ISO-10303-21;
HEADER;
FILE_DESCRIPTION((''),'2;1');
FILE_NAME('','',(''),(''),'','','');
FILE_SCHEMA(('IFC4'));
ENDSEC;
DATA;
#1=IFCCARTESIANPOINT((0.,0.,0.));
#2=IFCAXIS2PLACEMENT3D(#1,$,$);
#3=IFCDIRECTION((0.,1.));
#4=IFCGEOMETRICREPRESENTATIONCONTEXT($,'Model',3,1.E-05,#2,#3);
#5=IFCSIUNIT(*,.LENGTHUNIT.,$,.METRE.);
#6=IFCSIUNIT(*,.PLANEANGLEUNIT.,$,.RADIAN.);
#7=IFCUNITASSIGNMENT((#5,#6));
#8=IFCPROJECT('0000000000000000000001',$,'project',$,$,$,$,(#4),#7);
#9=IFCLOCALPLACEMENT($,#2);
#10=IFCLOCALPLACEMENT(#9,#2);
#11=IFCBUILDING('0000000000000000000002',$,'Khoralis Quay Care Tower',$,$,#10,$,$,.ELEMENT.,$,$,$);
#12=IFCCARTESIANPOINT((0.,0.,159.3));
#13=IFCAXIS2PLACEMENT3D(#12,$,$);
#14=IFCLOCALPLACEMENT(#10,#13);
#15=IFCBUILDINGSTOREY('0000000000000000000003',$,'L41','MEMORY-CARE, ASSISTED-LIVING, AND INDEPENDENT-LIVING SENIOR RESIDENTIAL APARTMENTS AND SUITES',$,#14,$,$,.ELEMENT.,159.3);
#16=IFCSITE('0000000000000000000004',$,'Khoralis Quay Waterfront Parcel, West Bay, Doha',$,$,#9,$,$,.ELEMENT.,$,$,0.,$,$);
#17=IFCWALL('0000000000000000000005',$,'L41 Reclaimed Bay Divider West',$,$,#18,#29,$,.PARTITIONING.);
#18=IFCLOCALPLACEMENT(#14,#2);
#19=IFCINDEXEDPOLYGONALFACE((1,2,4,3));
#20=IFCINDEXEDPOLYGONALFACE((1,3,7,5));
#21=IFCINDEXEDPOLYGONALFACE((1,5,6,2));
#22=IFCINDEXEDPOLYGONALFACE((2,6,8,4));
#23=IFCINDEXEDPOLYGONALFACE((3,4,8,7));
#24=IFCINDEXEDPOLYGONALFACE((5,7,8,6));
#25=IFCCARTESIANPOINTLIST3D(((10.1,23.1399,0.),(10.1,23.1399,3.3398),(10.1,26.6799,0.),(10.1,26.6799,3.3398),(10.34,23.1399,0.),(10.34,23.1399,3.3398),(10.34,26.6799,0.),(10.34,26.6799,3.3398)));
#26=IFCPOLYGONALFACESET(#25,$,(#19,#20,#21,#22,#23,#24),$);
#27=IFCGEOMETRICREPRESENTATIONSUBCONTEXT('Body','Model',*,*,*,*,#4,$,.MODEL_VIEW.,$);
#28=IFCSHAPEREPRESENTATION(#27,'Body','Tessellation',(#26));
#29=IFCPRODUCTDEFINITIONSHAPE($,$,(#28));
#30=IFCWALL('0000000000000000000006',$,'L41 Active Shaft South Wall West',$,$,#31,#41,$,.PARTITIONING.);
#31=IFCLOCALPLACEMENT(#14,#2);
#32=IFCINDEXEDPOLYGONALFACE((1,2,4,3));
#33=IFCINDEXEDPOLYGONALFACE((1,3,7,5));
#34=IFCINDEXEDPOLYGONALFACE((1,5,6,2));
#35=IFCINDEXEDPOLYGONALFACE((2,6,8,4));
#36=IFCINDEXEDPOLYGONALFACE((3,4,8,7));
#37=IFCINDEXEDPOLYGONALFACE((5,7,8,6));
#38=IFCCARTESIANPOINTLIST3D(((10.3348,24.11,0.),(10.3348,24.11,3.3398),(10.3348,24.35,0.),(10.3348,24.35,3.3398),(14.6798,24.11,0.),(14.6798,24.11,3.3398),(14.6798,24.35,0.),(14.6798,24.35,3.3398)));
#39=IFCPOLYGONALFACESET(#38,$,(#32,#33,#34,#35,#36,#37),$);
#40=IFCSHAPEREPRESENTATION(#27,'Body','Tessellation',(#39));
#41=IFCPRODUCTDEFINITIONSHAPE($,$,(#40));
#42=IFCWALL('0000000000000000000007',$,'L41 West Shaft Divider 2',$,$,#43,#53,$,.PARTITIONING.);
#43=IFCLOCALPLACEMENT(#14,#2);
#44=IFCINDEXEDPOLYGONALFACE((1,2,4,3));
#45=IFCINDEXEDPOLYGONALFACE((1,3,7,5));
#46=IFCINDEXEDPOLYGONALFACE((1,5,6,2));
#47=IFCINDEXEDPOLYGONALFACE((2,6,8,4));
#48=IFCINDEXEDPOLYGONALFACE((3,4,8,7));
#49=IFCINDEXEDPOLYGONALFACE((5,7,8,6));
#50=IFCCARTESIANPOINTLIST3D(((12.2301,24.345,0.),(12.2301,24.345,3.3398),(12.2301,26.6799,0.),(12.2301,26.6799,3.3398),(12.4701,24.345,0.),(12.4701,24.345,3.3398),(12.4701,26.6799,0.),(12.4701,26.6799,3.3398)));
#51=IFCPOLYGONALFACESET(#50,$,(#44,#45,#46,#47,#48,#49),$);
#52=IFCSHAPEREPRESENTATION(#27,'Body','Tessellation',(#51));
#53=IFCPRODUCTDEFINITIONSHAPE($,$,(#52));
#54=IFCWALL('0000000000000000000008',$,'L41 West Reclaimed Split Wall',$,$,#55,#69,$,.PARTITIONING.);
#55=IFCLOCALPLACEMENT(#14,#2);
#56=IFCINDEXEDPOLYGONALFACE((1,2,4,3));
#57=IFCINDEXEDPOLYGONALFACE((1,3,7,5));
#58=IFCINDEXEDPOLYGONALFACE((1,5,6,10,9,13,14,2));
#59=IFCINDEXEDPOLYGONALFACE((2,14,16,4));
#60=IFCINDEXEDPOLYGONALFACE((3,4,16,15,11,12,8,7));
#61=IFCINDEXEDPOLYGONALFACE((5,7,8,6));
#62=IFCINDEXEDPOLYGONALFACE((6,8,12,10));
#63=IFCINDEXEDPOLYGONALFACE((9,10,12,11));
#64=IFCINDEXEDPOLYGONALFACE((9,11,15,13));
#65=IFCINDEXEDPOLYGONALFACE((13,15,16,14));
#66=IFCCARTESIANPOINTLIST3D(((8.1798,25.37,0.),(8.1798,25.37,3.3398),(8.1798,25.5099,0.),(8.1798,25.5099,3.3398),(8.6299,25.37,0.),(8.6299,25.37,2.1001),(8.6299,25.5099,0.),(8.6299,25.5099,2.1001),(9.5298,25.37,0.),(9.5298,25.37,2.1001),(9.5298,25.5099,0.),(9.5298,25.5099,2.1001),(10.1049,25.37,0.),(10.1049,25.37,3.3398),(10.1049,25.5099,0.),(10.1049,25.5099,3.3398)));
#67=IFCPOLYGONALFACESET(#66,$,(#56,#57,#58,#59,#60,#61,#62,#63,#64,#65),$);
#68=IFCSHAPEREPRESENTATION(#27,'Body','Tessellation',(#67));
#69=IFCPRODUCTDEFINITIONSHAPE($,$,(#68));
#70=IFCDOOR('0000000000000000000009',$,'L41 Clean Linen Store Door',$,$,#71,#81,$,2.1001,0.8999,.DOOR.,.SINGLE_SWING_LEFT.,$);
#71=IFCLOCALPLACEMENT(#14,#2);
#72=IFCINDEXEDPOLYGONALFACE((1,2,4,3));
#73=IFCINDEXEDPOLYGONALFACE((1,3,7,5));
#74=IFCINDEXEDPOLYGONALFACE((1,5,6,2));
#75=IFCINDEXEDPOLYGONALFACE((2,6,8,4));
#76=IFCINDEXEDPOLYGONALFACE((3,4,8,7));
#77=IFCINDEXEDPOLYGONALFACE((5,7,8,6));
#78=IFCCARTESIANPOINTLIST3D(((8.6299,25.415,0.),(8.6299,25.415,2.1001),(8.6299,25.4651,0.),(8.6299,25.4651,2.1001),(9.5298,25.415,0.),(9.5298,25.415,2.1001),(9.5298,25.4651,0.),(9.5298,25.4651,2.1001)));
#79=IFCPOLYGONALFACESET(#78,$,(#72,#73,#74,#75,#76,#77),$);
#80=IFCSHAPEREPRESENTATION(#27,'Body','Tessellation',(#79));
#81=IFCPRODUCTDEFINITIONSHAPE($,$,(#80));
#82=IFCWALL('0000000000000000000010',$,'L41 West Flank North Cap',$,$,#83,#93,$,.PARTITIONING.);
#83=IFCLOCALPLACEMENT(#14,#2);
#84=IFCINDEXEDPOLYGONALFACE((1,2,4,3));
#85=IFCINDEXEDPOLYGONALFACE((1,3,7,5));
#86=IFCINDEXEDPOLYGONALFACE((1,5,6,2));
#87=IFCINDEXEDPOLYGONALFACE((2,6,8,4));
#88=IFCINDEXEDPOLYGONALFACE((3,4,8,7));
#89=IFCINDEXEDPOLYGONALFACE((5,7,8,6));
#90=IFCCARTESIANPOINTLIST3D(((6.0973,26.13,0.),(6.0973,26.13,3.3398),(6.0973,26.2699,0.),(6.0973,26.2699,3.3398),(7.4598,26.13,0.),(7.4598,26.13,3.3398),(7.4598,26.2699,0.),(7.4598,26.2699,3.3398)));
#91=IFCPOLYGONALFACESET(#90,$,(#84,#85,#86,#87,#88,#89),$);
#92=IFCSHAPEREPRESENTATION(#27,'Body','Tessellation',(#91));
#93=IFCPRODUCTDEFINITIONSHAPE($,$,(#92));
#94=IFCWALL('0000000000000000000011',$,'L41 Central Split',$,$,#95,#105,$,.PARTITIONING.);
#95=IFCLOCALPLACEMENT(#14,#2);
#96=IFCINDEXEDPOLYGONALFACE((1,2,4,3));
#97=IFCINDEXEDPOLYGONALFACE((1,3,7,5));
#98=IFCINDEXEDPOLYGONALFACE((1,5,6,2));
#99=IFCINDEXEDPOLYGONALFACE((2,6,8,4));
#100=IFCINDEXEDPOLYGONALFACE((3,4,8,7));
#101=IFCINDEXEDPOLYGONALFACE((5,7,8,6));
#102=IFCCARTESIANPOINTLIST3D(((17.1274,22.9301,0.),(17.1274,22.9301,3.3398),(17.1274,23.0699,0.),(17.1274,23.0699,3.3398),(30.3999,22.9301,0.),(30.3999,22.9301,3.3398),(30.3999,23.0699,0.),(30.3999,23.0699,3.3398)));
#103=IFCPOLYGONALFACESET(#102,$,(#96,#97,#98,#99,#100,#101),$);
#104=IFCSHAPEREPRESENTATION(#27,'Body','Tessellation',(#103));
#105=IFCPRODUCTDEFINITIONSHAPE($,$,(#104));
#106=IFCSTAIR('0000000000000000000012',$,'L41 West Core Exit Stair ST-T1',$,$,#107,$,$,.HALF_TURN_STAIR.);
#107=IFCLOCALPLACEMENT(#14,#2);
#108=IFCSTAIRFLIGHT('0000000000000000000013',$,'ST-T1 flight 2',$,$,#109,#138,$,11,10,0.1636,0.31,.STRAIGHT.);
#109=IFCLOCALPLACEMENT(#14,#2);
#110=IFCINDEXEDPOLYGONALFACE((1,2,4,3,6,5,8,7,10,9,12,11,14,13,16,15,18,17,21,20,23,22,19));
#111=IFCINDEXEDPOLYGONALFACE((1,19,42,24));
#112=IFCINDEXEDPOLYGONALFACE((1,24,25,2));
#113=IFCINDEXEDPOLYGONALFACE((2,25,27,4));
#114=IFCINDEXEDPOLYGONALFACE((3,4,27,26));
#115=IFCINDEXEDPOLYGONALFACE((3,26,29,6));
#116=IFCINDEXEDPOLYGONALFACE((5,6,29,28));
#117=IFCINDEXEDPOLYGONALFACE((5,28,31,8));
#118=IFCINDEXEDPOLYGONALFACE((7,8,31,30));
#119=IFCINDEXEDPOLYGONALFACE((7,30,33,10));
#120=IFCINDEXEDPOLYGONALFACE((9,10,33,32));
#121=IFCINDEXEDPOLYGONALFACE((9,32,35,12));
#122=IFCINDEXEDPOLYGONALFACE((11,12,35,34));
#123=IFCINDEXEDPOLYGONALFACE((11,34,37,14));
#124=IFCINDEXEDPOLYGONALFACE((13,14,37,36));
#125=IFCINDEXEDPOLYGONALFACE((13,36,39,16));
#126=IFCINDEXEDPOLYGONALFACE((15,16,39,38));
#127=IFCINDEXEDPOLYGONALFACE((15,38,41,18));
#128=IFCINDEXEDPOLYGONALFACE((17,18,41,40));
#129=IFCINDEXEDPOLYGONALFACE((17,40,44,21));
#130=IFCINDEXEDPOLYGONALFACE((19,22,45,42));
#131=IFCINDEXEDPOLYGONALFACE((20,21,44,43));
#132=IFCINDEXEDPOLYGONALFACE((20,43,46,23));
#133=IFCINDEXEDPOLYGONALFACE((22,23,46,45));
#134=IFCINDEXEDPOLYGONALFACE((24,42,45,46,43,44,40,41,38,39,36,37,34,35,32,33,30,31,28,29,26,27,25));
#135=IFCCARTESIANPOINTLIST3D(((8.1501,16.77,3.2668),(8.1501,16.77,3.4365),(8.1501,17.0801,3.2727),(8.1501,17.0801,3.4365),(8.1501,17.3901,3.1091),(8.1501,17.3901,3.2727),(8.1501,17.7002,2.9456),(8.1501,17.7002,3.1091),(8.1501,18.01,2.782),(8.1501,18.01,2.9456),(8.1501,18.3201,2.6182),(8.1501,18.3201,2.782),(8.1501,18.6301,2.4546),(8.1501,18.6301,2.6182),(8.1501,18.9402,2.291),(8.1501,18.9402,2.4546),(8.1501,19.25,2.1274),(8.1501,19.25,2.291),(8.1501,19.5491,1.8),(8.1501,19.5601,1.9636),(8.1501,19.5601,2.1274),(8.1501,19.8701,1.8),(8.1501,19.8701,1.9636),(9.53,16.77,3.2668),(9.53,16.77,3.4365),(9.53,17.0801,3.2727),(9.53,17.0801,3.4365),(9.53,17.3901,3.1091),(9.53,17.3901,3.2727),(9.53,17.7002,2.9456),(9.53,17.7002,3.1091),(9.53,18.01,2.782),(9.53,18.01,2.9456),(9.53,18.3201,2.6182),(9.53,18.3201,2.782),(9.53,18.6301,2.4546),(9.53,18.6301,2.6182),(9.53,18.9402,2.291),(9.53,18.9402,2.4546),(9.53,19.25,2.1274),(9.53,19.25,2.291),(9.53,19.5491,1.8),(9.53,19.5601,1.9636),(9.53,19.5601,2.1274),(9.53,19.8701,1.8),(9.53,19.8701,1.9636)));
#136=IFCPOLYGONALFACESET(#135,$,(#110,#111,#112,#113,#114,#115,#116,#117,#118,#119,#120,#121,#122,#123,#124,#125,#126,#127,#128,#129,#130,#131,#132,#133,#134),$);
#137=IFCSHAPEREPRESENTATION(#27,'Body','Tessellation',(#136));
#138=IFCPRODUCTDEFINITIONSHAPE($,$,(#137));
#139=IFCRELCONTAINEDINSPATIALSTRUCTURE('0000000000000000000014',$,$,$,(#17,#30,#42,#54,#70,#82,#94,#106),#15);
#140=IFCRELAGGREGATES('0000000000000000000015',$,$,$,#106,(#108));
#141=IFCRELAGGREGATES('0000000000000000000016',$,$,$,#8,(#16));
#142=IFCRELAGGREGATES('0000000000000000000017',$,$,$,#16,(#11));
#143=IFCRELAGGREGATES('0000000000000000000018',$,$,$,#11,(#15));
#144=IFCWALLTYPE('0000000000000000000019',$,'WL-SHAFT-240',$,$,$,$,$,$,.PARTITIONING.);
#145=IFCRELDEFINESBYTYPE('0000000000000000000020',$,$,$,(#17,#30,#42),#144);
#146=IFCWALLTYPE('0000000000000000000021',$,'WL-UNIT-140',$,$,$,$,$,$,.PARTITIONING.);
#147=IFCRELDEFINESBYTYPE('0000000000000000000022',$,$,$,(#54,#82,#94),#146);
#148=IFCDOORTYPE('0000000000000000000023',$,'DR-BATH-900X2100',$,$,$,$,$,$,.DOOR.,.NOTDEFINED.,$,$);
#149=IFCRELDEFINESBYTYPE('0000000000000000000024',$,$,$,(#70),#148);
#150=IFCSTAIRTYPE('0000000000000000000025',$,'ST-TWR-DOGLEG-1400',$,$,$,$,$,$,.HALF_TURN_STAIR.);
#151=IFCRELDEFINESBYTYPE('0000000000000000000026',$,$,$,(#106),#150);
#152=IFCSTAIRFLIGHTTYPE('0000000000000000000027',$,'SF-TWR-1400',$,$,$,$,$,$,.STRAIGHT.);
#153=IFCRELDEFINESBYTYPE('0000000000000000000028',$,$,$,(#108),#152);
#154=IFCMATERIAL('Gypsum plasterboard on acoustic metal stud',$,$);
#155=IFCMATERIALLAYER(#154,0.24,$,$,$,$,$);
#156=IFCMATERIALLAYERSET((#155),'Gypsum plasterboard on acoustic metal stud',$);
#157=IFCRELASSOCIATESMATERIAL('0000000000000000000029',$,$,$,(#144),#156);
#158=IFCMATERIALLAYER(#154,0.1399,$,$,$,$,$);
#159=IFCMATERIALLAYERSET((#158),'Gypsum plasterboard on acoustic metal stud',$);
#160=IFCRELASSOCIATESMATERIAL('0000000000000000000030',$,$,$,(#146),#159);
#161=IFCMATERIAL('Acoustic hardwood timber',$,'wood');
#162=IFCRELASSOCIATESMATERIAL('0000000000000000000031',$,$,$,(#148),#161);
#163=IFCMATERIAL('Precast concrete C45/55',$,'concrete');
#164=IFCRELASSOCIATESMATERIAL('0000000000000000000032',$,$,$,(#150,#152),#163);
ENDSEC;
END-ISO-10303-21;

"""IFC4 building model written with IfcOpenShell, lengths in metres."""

from ifc_helpers import new_model, si_unit, direction, frame, frame_2d, origin, place, context, subcontext, project, spatial, polyline, rectangle, outline, extrude, source, transform, mapped, material, layer, layer_set, type_object, element, fill, aggregate, save


model = new_model("IFC4")

# Units and contexts
model_context = context("Model", 3, precision=1e-05, world=origin(), true_north=direction((0.0, 1.0)))
body_context = subcontext(model_context, "Body", "Model", "MODEL_VIEW")
ifc_project = project(units=[si_unit("LENGTHUNIT", "METRE"), si_unit("PLANEANGLEUNIT", "RADIAN")], contexts=[model_context])

# Site, building, storey
site_placement = place(None, origin())
site = spatial("IfcSite", under=ifc_project, at=site_placement, Name="Khoralis Quay Waterfront Parcel, West Bay, Doha", CompositionType="ELEMENT", RefElevation=0.0)
building_placement = place(site_placement, origin())
building = spatial("IfcBuilding", under=site, at=building_placement, Name="Khoralis Quay Care Tower", CompositionType="ELEMENT")
storey_placement = place(building_placement, frame((0.0, 0.0, 159.3)))
storey = spatial("IfcBuildingStorey", under=building, at=storey_placement, Name="L41", Description="MEMORY-CARE, ASSISTED-LIVING, AND INDEPENDENT-LIVING SENIOR RESIDENTIAL APARTMENTS AND SUITES", CompositionType="ELEMENT", Elevation=159.3)

# Shared definitions
ifc_material_1 = material(Name="Acoustic hardwood timber", Category="wood")

# Walls
ifc_material_2 = material(Name="Gypsum plasterboard on acoustic metal stud")
ifc_layer_1 = layer(ifc_material_2, 0.24)
ifc_layer_set_1 = layer_set([ifc_layer_1], Name="Gypsum plasterboard on acoustic metal stud")
wall_type_1 = type_object("IfcWallType", Name="WL-SHAFT-240", PredefinedType="PARTITIONING", material=ifc_layer_set_1)
wall_1_placement = place(storey_placement, frame((10.22, 23.1399, 0.0), z_axis=(0.0, 0.0, 1.0), x_axis=(0.0, 1.0, 0.0)))
element("IfcWall", 1, at=wall_1_placement, inside=storey, type_object=wall_type_1, Name="L41 Reclaimed Bay Divider West", PredefinedType="PARTITIONING", context=body_context, shape_type="SweptSolid", body=[
    extrude(rectangle(XDim=3.54, YDim=0.24, at=frame_2d((1.77, 0.0))), origin(), (0.0, 0.0, 1.0), 3.3398),
])
wall_2_placement = place(storey_placement, frame((10.335, 24.23, 0.0), z_axis=(0.0, 0.0, 1.0), x_axis=(1.0, 0.0, 0.0)))
element("IfcWall", 2, at=wall_2_placement, inside=storey, type_object=wall_type_1, Name="L41 Active Shaft South Wall West", PredefinedType="PARTITIONING", context=body_context, shape_type="SweptSolid", body=[
    extrude(rectangle(XDim=4.345, YDim=0.24, at=frame_2d((2.1724, 0.0))), origin(), (0.0, 0.0, 1.0), 3.3398),
])
wall_3_placement = place(storey_placement, frame((12.3501, 24.345, 0.0), z_axis=(0.0, 0.0, 1.0), x_axis=(0.0, 1.0, 0.0)))
element("IfcWall", 3, at=wall_3_placement, inside=storey, type_object=wall_type_1, Name="L41 West Shaft Divider 2", PredefinedType="PARTITIONING", context=body_context, shape_type="SweptSolid", body=[
    extrude(rectangle(XDim=2.335, YDim=0.24, at=frame_2d((1.1675, 0.0))), origin(), (0.0, 0.0, 1.0), 3.3398),
])

# Wall, opening, door
ifc_layer_2 = layer(ifc_material_2, 0.1399)
ifc_layer_set_2 = layer_set([ifc_layer_2], Name="Gypsum plasterboard on acoustic metal stud")
wall_type_2 = type_object("IfcWallType", Name="WL-UNIT-140", PredefinedType="PARTITIONING", material=ifc_layer_set_2)
wall_4_placement = place(storey_placement, frame((8.1799, 25.4399, 0.0), z_axis=(0.0, 0.0, 1.0), x_axis=(1.0, 0.0, 0.0)))
wall_4 = element("IfcWall", 4, at=wall_4_placement, inside=storey, type_object=wall_type_2, Name="L41 West Reclaimed Split Wall", PredefinedType="PARTITIONING", context=body_context, shape_type="SweptSolid", body=[
    extrude(rectangle(XDim=1.925, YDim=0.1399, at=frame_2d((0.9624, 0.0))), origin(), (0.0, 0.0, 1.0), 3.3398),
])
opening_1_placement = place(wall_4_placement, frame((0.45, 0.0, 0.0)))
opening_1 = element("IfcOpeningElement", 5, at=opening_1_placement, cuts=wall_4, PredefinedType="OPENING", context=body_context, shape_type="SweptSolid", body=[
    extrude(rectangle(XDim=0.8999, YDim=2.1001, at=frame_2d((0.45, 1.05))), frame((0.0, 0.0801, 0.0), z_axis=(0.0, -1.0, 0.0), x_axis=(1.0, 0.0, 0.0)), (0.0, 0.0, 1.0), 0.1599),
])
door_type_1 = type_object("IfcDoorType", Name="DR-BATH-900X2100", OperationType="NOTDEFINED", PredefinedType="DOOR", material=ifc_material_1)
shared_shape_1 = source(origin(), body_context, "Body", "SweptSolid", [
    extrude(rectangle(XDim=0.8999, YDim=2.1001, at=frame_2d((0.45, 1.05))), frame((0.0, 0.0249, 0.0), z_axis=(0.0, -1.0, 0.0), x_axis=(1.0, 0.0, 0.0)), (0.0, 0.0, 1.0), 0.05),
])
door_1_placement = place(opening_1_placement, frame((0.8999, 0.0, 0.0), z_axis=(0.0, 0.0, 1.0), x_axis=(-1.0, 0.0, 0.0)))
door_1 = element("IfcDoor", 6, at=door_1_placement, inside=storey, type_object=door_type_1, Name="L41 Clean Linen Store Door", OperationType="SINGLE_SWING_LEFT", OverallHeight=2.1001, OverallWidth=0.8999, PredefinedType="DOOR", context=body_context, shape_type="MappedRepresentation", body=[
    mapped(shared_shape_1, transform((0.0, 0.0, 0.0), scale=1.0)),
])
fill(opening_1, door_1)

# Walls
wall_5_placement = place(storey_placement, frame((6.0974, 26.2, 0.0), z_axis=(0.0, 0.0, 1.0), x_axis=(1.0, 0.0, 0.0)))
element("IfcWall", 7, at=wall_5_placement, inside=storey, type_object=wall_type_2, Name="L41 West Flank North Cap", PredefinedType="PARTITIONING", context=body_context, shape_type="SweptSolid", body=[
    extrude(rectangle(XDim=1.3625, YDim=0.1399, at=frame_2d((0.6812, 0.0))), origin(), (0.0, 0.0, 1.0), 3.3398),
])
wall_6_placement = place(storey_placement, frame((17.1274, 23.0, 0.0), z_axis=(0.0, 0.0, 1.0), x_axis=(1.0, 0.0, 0.0)))
element("IfcWall", 8, at=wall_6_placement, inside=storey, type_object=wall_type_2, Name="L41 Central Split", PredefinedType="PARTITIONING", context=body_context, shape_type="SweptSolid", body=[
    extrude(rectangle(XDim=13.2725, YDim=0.1399, at=frame_2d((6.6362, 0.0))), origin(), (0.0, 0.0, 1.0), 3.3398),
])

# Stair, stair flight
ifc_material_3 = material(Name="Precast concrete C45/55", Category="concrete")
stair_type = type_object("IfcStairType", Name="ST-TWR-DOGLEG-1400", PredefinedType="HALF_TURN_STAIR", material=ifc_material_3)
stair_placement = place(storey_placement, origin())
stair = element("IfcStair", 9, at=stair_placement, inside=storey, type_object=stair_type, Name="L41 West Core Exit Stair ST-T1", PredefinedType="HALF_TURN_STAIR")
stair_flight_type = type_object("IfcStairFlightType", Name="SF-TWR-1400", PredefinedType="STRAIGHT", material=ifc_material_3)
shared_shape_2 = source(origin(), body_context, "Body", "SweptSolid", [
    extrude(outline(polyline([(0.0, 0.0), (0.0, 0.1636), (0.3101, 0.1636), (0.3101, 0.3274), (0.6201, 0.3274), (0.6201, 0.491), (0.9299, 0.491), (0.9299, 0.6545), (1.24, 0.6545), (1.24, 0.8181), (1.55, 0.8181), (1.55, 0.9819), (1.8601, 0.9819), (1.8601, 1.1455), (2.1699, 1.1455), (2.1699, 1.3091), (2.48, 1.3091), (2.48, 1.4727), (2.79, 1.4727), (2.79, 1.6365), (3.1001, 1.6365), (3.1001, 1.8), (3.1001, 1.4668), (0.321, 0.0), (0.0, 0.0)])), frame((0.0, 0.6899, 0.0), z_axis=(0.0, -1.0, 0.0), x_axis=(1.0, 0.0, 0.0)), (0.0, 0.0, 1.0), 1.3799),
])
stair_flight_placement = place(storey_placement, frame((8.8401, 19.8701, 1.8), z_axis=(0.0, 0.0, 1.0), x_axis=(0.0, -1.0, 0.0)))
stair_flight = element("IfcStairFlight", 10, at=stair_flight_placement, type_object=stair_flight_type, Name="ST-T1 flight 2", NumberOfRisers=11, NumberOfTreads=10, PredefinedType="STRAIGHT", RiserHeight=0.1636, TreadLength=0.31, context=body_context, shape_type="MappedRepresentation", body=[
    mapped(shared_shape_2, transform((0.0, 0.0, 0.0), scale=1.0)),
])
aggregate(stair, [stair_flight])

save(model, "model.ifc")
